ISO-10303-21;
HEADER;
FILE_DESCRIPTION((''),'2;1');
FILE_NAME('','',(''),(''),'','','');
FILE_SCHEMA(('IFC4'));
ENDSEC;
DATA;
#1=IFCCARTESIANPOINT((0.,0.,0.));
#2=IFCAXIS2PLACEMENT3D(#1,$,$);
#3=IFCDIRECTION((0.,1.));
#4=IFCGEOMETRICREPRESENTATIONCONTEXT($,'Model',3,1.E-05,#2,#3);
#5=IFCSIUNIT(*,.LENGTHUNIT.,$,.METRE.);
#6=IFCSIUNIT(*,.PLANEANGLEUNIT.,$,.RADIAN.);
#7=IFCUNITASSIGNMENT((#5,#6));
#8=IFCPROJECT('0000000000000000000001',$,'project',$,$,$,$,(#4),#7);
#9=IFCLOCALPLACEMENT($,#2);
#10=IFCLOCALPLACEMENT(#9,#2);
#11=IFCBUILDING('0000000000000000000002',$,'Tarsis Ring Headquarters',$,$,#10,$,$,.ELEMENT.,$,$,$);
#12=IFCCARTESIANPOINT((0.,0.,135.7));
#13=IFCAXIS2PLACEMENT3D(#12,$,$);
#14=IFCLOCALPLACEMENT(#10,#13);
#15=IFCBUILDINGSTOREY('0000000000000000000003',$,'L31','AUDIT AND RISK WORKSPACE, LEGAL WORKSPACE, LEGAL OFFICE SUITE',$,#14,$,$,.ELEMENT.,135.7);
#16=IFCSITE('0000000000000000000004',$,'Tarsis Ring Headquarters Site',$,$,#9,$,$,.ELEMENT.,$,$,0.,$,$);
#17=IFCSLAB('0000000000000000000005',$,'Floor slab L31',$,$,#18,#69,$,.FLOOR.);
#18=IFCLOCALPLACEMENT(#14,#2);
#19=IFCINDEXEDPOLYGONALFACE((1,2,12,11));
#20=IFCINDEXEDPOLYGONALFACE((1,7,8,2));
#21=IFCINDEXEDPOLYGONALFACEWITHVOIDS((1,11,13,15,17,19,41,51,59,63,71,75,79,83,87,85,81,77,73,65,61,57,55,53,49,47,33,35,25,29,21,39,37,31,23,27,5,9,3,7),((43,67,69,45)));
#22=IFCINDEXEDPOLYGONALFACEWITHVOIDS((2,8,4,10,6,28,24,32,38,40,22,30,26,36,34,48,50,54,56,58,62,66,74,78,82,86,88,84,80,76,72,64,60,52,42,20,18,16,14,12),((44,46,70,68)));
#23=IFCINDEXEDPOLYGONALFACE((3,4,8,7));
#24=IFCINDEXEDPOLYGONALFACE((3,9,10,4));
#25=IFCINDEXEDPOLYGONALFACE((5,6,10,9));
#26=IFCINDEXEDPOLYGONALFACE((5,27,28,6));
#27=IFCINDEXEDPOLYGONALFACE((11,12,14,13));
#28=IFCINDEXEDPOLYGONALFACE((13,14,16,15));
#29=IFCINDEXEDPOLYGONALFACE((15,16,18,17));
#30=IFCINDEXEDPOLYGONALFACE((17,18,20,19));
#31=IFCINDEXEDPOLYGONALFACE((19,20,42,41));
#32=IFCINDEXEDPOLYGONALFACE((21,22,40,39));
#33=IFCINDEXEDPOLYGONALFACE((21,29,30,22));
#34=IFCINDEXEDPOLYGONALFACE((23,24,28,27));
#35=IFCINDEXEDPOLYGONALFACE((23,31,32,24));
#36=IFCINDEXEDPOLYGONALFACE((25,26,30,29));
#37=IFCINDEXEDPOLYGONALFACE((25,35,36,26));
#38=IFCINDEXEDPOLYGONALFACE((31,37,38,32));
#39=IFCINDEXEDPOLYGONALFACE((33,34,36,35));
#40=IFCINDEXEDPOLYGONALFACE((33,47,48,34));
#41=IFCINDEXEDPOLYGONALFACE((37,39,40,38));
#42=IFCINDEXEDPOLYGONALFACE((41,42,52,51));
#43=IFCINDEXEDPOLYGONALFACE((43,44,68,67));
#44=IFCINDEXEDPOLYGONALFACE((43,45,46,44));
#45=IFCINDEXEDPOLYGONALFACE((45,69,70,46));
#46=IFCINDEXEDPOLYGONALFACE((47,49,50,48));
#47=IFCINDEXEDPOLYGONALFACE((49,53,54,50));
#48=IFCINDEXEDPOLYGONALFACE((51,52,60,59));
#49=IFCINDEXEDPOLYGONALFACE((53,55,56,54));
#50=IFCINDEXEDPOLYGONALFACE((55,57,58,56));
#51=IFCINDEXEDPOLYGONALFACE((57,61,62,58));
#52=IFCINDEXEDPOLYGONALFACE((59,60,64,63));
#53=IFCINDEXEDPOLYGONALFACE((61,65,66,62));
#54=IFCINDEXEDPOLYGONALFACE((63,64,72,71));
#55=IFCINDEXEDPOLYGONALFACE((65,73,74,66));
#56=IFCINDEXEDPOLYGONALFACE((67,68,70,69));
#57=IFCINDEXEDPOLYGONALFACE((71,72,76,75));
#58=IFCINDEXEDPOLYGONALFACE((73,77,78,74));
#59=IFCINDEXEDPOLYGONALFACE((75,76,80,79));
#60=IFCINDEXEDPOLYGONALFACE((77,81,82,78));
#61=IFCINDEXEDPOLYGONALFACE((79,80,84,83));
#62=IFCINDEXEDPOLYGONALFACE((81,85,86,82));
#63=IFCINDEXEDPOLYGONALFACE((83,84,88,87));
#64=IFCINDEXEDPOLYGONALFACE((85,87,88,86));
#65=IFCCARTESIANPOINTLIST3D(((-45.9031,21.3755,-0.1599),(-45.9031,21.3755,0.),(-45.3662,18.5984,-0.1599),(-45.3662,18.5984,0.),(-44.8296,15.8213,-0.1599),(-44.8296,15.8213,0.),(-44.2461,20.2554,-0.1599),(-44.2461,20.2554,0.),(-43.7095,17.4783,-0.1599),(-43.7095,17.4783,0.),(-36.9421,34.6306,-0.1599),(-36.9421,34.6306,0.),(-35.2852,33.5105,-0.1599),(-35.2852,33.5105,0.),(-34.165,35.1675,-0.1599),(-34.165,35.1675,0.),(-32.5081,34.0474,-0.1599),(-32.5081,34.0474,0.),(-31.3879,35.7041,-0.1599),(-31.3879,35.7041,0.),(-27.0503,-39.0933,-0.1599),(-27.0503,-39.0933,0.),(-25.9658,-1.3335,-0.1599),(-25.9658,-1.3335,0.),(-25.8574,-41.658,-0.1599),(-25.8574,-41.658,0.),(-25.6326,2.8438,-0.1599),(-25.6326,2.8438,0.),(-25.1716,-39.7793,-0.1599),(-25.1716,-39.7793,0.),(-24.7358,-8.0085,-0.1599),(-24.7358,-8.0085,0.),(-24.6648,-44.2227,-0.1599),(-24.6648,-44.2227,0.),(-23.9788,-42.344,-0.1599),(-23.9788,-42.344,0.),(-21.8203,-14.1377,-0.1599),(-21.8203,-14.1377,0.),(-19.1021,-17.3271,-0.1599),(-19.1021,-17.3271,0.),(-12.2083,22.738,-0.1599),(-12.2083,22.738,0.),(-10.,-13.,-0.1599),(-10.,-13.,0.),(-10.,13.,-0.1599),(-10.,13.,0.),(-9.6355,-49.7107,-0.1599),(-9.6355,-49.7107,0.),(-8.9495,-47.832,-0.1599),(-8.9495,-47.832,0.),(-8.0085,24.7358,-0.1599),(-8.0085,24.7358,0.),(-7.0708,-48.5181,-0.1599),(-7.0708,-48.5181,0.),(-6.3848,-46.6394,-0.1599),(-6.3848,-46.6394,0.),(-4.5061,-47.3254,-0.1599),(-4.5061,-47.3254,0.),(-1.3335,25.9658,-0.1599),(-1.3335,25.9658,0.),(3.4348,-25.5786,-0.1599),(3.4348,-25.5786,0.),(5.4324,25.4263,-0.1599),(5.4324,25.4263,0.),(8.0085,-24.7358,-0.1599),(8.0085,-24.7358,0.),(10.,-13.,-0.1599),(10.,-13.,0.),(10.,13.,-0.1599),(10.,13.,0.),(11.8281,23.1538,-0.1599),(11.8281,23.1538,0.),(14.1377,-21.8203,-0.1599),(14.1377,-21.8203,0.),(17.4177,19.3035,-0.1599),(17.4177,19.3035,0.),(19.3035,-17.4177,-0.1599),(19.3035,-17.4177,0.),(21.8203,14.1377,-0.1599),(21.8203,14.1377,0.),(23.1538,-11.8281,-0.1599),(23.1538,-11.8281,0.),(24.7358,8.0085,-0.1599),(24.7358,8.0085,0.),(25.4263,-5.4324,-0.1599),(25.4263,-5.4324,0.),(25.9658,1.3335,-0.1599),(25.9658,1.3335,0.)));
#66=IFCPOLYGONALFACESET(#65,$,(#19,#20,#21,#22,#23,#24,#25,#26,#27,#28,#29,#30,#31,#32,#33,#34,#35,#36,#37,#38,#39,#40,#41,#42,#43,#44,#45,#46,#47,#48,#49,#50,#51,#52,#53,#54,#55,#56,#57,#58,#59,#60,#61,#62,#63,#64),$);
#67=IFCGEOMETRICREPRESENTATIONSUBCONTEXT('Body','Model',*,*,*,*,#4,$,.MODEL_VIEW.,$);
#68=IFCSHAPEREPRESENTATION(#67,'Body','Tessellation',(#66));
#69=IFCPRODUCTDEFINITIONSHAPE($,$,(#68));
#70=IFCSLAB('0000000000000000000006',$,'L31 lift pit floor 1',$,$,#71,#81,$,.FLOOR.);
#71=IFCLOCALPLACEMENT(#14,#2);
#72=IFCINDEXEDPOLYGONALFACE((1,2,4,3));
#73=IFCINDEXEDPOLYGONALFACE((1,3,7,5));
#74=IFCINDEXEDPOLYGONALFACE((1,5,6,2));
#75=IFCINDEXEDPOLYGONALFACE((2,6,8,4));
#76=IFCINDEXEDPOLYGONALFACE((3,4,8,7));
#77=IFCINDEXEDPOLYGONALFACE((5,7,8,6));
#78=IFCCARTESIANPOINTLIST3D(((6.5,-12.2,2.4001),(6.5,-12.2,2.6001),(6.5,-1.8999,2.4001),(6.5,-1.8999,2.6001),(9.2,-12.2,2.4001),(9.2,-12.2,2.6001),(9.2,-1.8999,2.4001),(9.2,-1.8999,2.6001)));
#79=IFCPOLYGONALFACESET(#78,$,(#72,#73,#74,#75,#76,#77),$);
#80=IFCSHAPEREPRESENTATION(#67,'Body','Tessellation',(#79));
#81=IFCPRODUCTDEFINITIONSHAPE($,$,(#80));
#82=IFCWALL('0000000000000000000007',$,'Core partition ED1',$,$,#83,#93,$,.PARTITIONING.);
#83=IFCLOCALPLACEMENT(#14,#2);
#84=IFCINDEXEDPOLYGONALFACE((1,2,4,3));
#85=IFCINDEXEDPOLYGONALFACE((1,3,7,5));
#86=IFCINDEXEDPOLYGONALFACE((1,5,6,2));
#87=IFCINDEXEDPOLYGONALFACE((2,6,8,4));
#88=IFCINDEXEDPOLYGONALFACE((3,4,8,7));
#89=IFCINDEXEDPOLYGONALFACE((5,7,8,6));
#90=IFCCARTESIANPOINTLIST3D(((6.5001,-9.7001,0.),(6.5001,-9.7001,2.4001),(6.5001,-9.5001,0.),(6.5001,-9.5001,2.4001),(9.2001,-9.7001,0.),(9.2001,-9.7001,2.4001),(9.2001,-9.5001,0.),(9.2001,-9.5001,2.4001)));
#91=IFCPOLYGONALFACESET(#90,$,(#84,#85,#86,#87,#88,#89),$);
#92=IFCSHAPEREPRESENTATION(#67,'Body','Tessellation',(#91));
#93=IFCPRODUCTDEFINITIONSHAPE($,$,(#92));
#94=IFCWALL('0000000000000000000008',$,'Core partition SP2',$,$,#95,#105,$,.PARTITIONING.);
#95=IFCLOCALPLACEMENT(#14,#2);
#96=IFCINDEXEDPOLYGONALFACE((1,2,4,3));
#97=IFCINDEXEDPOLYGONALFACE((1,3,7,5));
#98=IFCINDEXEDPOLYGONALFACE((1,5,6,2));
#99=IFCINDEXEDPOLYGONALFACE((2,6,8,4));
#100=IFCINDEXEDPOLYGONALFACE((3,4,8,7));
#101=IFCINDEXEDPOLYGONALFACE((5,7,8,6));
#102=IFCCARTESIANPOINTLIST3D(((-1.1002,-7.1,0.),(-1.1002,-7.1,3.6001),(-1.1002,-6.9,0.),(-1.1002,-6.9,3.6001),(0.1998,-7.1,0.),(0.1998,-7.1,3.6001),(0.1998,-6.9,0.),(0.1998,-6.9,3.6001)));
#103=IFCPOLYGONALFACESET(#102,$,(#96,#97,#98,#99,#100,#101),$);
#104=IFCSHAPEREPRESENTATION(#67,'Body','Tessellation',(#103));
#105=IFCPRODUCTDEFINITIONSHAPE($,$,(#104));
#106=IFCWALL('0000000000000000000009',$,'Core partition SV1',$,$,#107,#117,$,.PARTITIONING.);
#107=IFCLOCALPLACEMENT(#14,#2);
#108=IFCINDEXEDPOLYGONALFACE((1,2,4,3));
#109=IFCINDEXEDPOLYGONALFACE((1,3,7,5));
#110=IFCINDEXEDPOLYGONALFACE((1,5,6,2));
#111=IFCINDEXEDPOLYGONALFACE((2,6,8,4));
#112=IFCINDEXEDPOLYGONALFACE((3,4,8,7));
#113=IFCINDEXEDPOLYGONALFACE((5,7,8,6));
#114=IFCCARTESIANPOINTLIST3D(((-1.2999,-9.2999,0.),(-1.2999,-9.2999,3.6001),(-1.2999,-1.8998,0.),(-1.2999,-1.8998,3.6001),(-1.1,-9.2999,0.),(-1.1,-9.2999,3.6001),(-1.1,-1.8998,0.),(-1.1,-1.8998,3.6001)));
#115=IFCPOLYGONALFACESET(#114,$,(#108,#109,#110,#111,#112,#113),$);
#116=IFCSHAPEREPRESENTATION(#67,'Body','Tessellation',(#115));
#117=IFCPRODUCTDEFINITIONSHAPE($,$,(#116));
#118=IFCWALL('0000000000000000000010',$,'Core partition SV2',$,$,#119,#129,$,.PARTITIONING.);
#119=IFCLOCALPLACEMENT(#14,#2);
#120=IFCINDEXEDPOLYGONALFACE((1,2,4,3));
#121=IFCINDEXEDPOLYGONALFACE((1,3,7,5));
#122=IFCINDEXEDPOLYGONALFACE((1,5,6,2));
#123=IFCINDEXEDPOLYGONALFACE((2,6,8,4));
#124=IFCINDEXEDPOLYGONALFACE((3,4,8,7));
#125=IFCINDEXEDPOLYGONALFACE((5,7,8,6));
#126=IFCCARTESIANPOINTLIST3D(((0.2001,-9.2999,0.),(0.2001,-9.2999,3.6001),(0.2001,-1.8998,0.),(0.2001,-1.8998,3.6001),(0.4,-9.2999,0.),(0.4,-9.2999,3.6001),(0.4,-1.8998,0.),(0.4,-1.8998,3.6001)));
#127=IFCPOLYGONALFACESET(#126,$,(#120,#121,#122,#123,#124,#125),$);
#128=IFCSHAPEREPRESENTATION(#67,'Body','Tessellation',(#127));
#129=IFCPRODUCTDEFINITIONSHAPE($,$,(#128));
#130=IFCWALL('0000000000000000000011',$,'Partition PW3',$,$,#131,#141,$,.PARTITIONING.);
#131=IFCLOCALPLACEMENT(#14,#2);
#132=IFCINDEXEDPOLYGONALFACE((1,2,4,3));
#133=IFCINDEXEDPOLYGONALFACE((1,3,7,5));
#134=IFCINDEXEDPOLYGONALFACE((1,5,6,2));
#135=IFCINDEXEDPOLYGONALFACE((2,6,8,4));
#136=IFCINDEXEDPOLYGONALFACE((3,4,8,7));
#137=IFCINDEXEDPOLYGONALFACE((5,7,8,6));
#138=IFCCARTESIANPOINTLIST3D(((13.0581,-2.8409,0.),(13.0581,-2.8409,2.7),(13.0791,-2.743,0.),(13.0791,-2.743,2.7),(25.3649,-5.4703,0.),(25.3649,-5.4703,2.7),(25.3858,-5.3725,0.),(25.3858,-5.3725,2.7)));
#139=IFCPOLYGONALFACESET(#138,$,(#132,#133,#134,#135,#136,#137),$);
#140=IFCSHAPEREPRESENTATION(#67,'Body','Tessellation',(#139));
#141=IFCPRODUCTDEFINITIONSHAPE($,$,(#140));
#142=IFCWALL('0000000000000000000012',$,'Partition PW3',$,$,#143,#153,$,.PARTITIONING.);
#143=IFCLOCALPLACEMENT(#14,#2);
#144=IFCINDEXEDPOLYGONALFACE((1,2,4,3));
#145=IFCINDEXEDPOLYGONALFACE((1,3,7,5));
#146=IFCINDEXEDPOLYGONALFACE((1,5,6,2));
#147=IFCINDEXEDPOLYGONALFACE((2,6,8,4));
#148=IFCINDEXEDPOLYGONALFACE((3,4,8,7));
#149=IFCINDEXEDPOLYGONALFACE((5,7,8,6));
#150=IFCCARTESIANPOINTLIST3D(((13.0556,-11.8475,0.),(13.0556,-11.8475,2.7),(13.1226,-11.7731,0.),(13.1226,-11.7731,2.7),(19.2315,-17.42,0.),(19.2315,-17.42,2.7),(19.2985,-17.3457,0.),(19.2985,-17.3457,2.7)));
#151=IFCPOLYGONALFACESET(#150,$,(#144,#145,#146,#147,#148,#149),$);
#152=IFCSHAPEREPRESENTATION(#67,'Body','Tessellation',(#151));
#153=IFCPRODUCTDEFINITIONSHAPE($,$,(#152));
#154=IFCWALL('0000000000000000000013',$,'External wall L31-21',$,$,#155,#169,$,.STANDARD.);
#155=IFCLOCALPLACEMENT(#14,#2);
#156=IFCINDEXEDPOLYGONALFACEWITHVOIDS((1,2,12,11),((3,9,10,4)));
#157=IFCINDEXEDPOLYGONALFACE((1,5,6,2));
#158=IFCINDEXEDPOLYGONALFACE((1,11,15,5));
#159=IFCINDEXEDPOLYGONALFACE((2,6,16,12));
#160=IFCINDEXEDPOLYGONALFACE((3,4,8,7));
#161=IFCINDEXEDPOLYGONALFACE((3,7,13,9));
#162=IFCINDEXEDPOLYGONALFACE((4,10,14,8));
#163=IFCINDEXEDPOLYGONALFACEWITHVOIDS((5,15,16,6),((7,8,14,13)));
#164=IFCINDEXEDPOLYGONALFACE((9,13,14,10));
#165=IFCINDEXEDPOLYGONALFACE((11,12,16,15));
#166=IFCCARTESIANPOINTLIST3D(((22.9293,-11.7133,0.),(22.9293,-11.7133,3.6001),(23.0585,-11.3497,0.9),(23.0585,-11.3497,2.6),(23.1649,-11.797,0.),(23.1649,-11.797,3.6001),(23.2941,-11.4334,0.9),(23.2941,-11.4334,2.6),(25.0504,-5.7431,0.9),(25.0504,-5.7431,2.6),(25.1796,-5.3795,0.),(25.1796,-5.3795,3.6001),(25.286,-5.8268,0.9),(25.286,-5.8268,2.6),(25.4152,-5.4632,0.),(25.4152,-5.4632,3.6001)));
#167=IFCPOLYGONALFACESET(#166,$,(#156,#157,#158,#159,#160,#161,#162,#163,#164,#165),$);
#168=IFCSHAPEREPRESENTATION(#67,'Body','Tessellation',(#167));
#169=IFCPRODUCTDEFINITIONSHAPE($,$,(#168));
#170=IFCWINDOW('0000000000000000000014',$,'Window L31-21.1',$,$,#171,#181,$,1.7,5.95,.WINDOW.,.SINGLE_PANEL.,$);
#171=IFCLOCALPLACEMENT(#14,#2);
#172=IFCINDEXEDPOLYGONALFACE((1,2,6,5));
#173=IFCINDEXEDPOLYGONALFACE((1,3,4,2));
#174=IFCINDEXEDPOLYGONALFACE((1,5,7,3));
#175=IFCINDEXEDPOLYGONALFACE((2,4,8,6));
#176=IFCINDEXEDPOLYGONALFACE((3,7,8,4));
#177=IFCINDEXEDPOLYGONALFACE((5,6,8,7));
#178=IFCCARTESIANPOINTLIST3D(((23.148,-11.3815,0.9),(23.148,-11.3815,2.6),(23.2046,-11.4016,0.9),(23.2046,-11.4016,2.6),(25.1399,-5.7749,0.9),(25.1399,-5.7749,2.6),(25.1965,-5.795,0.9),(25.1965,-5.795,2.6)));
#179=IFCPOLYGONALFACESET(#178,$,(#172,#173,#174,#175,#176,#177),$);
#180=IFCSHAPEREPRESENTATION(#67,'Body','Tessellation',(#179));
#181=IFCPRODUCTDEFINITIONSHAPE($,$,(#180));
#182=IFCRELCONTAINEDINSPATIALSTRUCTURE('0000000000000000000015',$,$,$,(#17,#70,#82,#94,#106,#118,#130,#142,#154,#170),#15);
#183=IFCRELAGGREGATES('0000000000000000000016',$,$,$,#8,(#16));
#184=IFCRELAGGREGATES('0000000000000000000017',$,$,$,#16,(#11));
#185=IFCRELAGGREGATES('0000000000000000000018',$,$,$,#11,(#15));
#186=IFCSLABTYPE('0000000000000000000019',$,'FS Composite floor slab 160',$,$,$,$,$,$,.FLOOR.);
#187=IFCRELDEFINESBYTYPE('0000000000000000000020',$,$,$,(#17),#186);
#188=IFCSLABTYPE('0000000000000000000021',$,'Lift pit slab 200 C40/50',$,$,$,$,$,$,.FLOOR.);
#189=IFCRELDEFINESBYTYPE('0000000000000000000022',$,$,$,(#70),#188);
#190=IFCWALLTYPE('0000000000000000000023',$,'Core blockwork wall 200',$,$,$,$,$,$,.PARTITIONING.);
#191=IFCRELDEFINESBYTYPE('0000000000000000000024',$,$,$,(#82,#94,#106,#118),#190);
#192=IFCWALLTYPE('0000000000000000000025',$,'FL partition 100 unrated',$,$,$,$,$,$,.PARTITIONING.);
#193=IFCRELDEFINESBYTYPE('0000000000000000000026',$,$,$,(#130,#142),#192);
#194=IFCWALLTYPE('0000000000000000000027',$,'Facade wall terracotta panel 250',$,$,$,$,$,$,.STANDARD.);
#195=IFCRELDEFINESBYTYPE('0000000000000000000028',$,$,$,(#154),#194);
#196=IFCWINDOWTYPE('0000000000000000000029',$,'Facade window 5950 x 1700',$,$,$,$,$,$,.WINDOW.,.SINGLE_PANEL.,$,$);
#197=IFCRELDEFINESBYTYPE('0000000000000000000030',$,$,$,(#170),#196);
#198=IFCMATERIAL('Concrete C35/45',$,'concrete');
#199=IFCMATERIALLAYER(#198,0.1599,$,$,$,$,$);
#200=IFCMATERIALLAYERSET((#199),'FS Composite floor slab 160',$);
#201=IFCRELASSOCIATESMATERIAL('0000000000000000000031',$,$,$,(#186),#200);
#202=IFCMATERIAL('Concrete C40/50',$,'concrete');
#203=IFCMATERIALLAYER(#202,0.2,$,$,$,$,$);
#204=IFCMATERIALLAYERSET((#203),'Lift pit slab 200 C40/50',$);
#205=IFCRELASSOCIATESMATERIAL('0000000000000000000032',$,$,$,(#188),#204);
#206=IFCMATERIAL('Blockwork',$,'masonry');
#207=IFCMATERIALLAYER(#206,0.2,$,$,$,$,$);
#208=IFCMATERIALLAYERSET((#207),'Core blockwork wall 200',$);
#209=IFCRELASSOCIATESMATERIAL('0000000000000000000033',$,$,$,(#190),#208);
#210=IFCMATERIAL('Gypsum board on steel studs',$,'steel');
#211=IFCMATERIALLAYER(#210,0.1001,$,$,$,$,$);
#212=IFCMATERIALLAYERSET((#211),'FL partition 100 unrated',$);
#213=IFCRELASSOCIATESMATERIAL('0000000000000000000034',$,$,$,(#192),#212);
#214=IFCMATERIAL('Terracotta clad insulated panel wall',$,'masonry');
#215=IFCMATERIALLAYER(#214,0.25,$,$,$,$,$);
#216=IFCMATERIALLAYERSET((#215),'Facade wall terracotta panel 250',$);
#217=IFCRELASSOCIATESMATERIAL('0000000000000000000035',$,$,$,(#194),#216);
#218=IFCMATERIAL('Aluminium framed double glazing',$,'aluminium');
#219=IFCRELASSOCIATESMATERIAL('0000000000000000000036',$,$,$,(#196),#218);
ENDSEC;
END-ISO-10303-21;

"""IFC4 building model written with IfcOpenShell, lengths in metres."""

from ifc_helpers import new_model, si_unit, direction, frame, frame_2d, origin, place, context, subcontext, project, spatial, polyline, rectangle, outline, extrude, material, layer, layer_set, type_object, element, fill, save


model = new_model("IFC4")

# Units and contexts
model_context = context("Model", 3, precision=1e-05, world=origin(), true_north=direction((0.0, 1.0)))
body_context = subcontext(model_context, "Body", "Model", "MODEL_VIEW")
ifc_project = project(units=[si_unit("LENGTHUNIT", "METRE"), si_unit("PLANEANGLEUNIT", "RADIAN")], contexts=[model_context])

# Site, building, storey
site_placement = place(None, origin())
site = spatial("IfcSite", under=ifc_project, at=site_placement, Name="Tarsis Ring Headquarters Site", CompositionType="ELEMENT", RefElevation=0.0)
building_placement = place(site_placement, origin())
building = spatial("IfcBuilding", under=site, at=building_placement, Name="Tarsis Ring Headquarters", CompositionType="ELEMENT")
storey_placement = place(building_placement, frame((0.0, 0.0, 135.7)))
storey = spatial("IfcBuildingStorey", under=building, at=storey_placement, Name="L31", Description="AUDIT AND RISK WORKSPACE, LEGAL WORKSPACE, LEGAL OFFICE SUITE", CompositionType="ELEMENT", Elevation=135.7)

# Shared definitions
ifc_material_1 = material(Name="Concrete C40/50", Category="concrete")

# Slabs
ifc_material_2 = material(Name="Concrete C35/45", Category="concrete")
ifc_layer_1 = layer(ifc_material_2, 0.1599)
ifc_layer_set_1 = layer_set([ifc_layer_1], Name="FS Composite floor slab 160")
slab_type_1 = type_object("IfcSlabType", Name="FS Composite floor slab 160", PredefinedType="FLOOR", material=ifc_layer_set_1)
slab_1_placement = place(storey_placement, frame((0.0, 0.0, -0.1599)))
element("IfcSlab", 1, at=slab_1_placement, inside=storey, type_object=slab_type_1, Name="Floor slab L31", PredefinedType="FLOOR", context=body_context, shape_type="SweptSolid", body=[
    extrude(outline(polyline([(-25.6326, 2.8438), (-25.9658, -1.3335), (-24.7358, -8.0085), (-21.8203, -14.1377), (-19.1021, -17.3271), (-27.0503, -39.0933), (-25.1716, -39.7793), (-25.8574, -41.658), (-23.9788, -42.344), (-24.6648, -44.2227), (-9.6355, -49.7107), (-8.9495, -47.832), (-7.0708, -48.5181), (-6.3848, -46.6394), (-4.5061, -47.3254), (3.4348, -25.5786), (8.0085, -24.7358), (14.1377, -21.8203), (19.3035, -17.4177), (23.1538, -11.8281), (25.4263, -5.4324), (25.9658, 1.3335), (24.7358, 8.0085), (21.8203, 14.1377), (17.4177, 19.3035), (11.8281, 23.1538), (5.4324, 25.4263), (-1.3335, 25.9658), (-8.0085, 24.7358), (-12.2083, 22.738), (-31.3879, 35.7041), (-32.5081, 34.0474), (-34.165, 35.1675), (-35.2852, 33.5105), (-36.9421, 34.6306), (-45.9031, 21.3755), (-44.2461, 20.2554), (-45.3662, 18.5984), (-43.7095, 17.4783), (-44.8296, 15.8213), (-25.6326, 2.8438)]), holes=[polyline([(-10.0, -13.0), (-10.0, 13.0), (10.0, 13.0), (10.0, -13.0), (-10.0, -13.0)])]), origin(), (0.0, 0.0, 1.0), 0.1599),
])
ifc_layer_2 = layer(ifc_material_1, 0.2)
ifc_layer_set_2 = layer_set([ifc_layer_2], Name="Lift pit slab 200 C40/50")
slab_type_2 = type_object("IfcSlabType", Name="Lift pit slab 200 C40/50", PredefinedType="FLOOR", material=ifc_layer_set_2)
slab_2_placement = place(storey_placement, frame((0.0, 0.0, 2.4001)))
element("IfcSlab", 2, at=slab_2_placement, inside=storey, type_object=slab_type_2, Name="L31 lift pit floor 1", PredefinedType="FLOOR", context=body_context, shape_type="SweptSolid", body=[
    extrude(outline(polyline([(6.5, -12.2), (9.2, -12.2), (9.2, -1.8999), (6.5, -1.8999), (6.5, -12.2)])), origin(), (0.0, 0.0, 1.0), 0.2),
])

# Walls
ifc_material_3 = material(Name="Blockwork", Category="masonry")
ifc_layer_3 = layer(ifc_material_3, 0.2)
ifc_layer_set_3 = layer_set([ifc_layer_3], Name="Core blockwork wall 200")
wall_type_1 = type_object("IfcWallType", Name="Core blockwork wall 200", PredefinedType="PARTITIONING", material=ifc_layer_set_3)
wall_1_placement = place(storey_placement, frame((6.5, -9.6001, 0.0), z_axis=(0.0, 0.0, 1.0), x_axis=(1.0, 0.0, 0.0)))
element("IfcWall", 3, at=wall_1_placement, inside=storey, type_object=wall_type_1, Name="Core partition ED1", PredefinedType="PARTITIONING", context=body_context, shape_type="SweptSolid", body=[
    extrude(rectangle(XDim=2.7, YDim=0.2, at=frame_2d((1.3501, 0.0))), origin(), (0.0, 0.0, 1.0), 2.4001),
])
wall_2_placement = place(storey_placement, frame((-1.1001, -7.0, 0.0), z_axis=(0.0, 0.0, 1.0), x_axis=(1.0, 0.0, 0.0)))
element("IfcWall", 4, at=wall_2_placement, inside=storey, type_object=wall_type_1, Name="Core partition SP2", PredefinedType="PARTITIONING", context=body_context, shape_type="SweptSolid", body=[
    extrude(rectangle(XDim=1.3, YDim=0.2, at=frame_2d((0.6499, 0.0))), origin(), (0.0, 0.0, 1.0), 3.6001),
])
for number, where, z_axis, x_axis, name in (
    (5, (-1.2, -9.3, 0.0), (0.0, 0.0, 1.0), (0.0, 1.0, 0.0), "Core partition SV1"),
    (6, (0.3, -9.3, 0.0), (0.0, 0.0, 1.0), (0.0, 1.0, 0.0), "Core partition SV2"),
):
    element("IfcWall", number, at=place(storey_placement, frame(where, z_axis=z_axis, x_axis=x_axis)), inside=storey, type_object=wall_type_1, Name=name, PredefinedType="PARTITIONING", context=body_context, shape_type="SweptSolid", body=[
        extrude(rectangle(XDim=7.4001, YDim=0.2, at=frame_2d((3.7002, 0.0))), origin(), (0.0, 0.0, 1.0), 3.6001),
    ])
ifc_material_4 = material(Name="Gypsum board on steel studs", Category="steel")
ifc_layer_4 = layer(ifc_material_4, 0.1001)
ifc_layer_set_4 = layer_set([ifc_layer_4], Name="FL partition 100 unrated")
wall_type_2 = type_object("IfcWallType", Name="FL partition 100 unrated", PredefinedType="PARTITIONING", material=ifc_layer_set_4)
wall_3_placement = place(storey_placement, frame((13.0686, -2.792, 0.0), z_axis=(0.0, 0.0, 1.0), x_axis=(0.977928, -0.208941, 0.0)))
element("IfcWall", 7, at=wall_3_placement, inside=storey, type_object=wall_type_2, Name="Partition PW3", PredefinedType="PARTITIONING", context=body_context, shape_type="SweptSolid", body=[
    extrude(rectangle(XDim=12.5845, YDim=0.1001, at=frame_2d((6.2922, 0.0))), origin(), (0.0, 0.0, 1.0), 2.7),
])
wall_4_placement = place(storey_placement, frame((13.0891, -11.8103, 0.0), z_axis=(0.0, 0.0, 1.0), x_axis=(0.742438, -0.669914, 0.0)))
element("IfcWall", 8, at=wall_4_placement, inside=storey, type_object=wall_type_2, Name="Partition PW3", PredefinedType="PARTITIONING", context=body_context, shape_type="SweptSolid", body=[
    extrude(rectangle(XDim=8.3184, YDim=0.1001, at=frame_2d((4.1592, 0.0))), origin(), (0.0, 0.0, 1.0), 2.7),
])

# Wall, opening, window
ifc_material_5 = material(Name="Terracotta clad insulated panel wall", Category="masonry")
ifc_layer_5 = layer(ifc_material_5, 0.25)
ifc_layer_set_5 = layer_set([ifc_layer_5], Name="Facade wall terracotta panel 250")
wall_type_3 = type_object("IfcWallType", Name="Facade wall terracotta panel 250", PredefinedType="STANDARD", material=ifc_layer_set_5)
wall_5_placement = place(storey_placement, frame((23.0471, -11.7551, 0.0), z_axis=(0.0, 0.0, 1.0), x_axis=(0.334778, 0.942297, 0.0)))
wall_5 = element("IfcWall", 9, at=wall_5_placement, inside=storey, type_object=wall_type_3, Name="External wall L31-21", PredefinedType="STANDARD", context=body_context, shape_type="SweptSolid", body=[
    extrude(rectangle(XDim=6.7217, YDim=0.25, at=frame_2d((3.3608, 0.0))), origin(), (0.0, 0.0, 1.0), 3.6001),
])
opening_1_placement = place(wall_5_placement, frame((0.3857, 0.0, 0.8999)))
opening_1 = element("IfcOpeningElement", 10, at=opening_1_placement, cuts=wall_5, PredefinedType="OPENING", context=body_context, shape_type="SweptSolid", body=[
    extrude(rectangle(XDim=5.95, YDim=1.7, at=frame_2d((2.9751, 0.8501))), frame((0.0, 0.135, 0.0), z_axis=(0.0, -1.0, 0.0), x_axis=(1.0, 0.0, 0.0)), (0.0, 0.0, 1.0), 0.27),
])
ifc_material_6 = material(Name="Aluminium framed double glazing", Category="aluminium")
window_type = type_object("IfcWindowType", Name="Facade window 5950 x 1700", PartitioningType="SINGLE_PANEL", PredefinedType="WINDOW", material=ifc_material_6)
window_1_placement = place(opening_1_placement, origin())
window_1 = element("IfcWindow", 11, at=window_1_placement, inside=storey, type_object=window_type, Name="Window L31-21.1", OverallHeight=1.7, OverallWidth=5.95, PartitioningType="SINGLE_PANEL", PredefinedType="WINDOW", context=body_context, shape_type="SweptSolid", body=[
    extrude(rectangle(XDim=5.95, YDim=1.7, at=frame_2d((2.9751, 0.8501))), frame((0.0, 0.03, 0.0), z_axis=(0.0, -1.0, 0.0), x_axis=(1.0, 0.0, 0.0)), (0.0, 0.0, 1.0), 0.0601),
])
fill(opening_1, window_1)

save(model, "model.ifc")
